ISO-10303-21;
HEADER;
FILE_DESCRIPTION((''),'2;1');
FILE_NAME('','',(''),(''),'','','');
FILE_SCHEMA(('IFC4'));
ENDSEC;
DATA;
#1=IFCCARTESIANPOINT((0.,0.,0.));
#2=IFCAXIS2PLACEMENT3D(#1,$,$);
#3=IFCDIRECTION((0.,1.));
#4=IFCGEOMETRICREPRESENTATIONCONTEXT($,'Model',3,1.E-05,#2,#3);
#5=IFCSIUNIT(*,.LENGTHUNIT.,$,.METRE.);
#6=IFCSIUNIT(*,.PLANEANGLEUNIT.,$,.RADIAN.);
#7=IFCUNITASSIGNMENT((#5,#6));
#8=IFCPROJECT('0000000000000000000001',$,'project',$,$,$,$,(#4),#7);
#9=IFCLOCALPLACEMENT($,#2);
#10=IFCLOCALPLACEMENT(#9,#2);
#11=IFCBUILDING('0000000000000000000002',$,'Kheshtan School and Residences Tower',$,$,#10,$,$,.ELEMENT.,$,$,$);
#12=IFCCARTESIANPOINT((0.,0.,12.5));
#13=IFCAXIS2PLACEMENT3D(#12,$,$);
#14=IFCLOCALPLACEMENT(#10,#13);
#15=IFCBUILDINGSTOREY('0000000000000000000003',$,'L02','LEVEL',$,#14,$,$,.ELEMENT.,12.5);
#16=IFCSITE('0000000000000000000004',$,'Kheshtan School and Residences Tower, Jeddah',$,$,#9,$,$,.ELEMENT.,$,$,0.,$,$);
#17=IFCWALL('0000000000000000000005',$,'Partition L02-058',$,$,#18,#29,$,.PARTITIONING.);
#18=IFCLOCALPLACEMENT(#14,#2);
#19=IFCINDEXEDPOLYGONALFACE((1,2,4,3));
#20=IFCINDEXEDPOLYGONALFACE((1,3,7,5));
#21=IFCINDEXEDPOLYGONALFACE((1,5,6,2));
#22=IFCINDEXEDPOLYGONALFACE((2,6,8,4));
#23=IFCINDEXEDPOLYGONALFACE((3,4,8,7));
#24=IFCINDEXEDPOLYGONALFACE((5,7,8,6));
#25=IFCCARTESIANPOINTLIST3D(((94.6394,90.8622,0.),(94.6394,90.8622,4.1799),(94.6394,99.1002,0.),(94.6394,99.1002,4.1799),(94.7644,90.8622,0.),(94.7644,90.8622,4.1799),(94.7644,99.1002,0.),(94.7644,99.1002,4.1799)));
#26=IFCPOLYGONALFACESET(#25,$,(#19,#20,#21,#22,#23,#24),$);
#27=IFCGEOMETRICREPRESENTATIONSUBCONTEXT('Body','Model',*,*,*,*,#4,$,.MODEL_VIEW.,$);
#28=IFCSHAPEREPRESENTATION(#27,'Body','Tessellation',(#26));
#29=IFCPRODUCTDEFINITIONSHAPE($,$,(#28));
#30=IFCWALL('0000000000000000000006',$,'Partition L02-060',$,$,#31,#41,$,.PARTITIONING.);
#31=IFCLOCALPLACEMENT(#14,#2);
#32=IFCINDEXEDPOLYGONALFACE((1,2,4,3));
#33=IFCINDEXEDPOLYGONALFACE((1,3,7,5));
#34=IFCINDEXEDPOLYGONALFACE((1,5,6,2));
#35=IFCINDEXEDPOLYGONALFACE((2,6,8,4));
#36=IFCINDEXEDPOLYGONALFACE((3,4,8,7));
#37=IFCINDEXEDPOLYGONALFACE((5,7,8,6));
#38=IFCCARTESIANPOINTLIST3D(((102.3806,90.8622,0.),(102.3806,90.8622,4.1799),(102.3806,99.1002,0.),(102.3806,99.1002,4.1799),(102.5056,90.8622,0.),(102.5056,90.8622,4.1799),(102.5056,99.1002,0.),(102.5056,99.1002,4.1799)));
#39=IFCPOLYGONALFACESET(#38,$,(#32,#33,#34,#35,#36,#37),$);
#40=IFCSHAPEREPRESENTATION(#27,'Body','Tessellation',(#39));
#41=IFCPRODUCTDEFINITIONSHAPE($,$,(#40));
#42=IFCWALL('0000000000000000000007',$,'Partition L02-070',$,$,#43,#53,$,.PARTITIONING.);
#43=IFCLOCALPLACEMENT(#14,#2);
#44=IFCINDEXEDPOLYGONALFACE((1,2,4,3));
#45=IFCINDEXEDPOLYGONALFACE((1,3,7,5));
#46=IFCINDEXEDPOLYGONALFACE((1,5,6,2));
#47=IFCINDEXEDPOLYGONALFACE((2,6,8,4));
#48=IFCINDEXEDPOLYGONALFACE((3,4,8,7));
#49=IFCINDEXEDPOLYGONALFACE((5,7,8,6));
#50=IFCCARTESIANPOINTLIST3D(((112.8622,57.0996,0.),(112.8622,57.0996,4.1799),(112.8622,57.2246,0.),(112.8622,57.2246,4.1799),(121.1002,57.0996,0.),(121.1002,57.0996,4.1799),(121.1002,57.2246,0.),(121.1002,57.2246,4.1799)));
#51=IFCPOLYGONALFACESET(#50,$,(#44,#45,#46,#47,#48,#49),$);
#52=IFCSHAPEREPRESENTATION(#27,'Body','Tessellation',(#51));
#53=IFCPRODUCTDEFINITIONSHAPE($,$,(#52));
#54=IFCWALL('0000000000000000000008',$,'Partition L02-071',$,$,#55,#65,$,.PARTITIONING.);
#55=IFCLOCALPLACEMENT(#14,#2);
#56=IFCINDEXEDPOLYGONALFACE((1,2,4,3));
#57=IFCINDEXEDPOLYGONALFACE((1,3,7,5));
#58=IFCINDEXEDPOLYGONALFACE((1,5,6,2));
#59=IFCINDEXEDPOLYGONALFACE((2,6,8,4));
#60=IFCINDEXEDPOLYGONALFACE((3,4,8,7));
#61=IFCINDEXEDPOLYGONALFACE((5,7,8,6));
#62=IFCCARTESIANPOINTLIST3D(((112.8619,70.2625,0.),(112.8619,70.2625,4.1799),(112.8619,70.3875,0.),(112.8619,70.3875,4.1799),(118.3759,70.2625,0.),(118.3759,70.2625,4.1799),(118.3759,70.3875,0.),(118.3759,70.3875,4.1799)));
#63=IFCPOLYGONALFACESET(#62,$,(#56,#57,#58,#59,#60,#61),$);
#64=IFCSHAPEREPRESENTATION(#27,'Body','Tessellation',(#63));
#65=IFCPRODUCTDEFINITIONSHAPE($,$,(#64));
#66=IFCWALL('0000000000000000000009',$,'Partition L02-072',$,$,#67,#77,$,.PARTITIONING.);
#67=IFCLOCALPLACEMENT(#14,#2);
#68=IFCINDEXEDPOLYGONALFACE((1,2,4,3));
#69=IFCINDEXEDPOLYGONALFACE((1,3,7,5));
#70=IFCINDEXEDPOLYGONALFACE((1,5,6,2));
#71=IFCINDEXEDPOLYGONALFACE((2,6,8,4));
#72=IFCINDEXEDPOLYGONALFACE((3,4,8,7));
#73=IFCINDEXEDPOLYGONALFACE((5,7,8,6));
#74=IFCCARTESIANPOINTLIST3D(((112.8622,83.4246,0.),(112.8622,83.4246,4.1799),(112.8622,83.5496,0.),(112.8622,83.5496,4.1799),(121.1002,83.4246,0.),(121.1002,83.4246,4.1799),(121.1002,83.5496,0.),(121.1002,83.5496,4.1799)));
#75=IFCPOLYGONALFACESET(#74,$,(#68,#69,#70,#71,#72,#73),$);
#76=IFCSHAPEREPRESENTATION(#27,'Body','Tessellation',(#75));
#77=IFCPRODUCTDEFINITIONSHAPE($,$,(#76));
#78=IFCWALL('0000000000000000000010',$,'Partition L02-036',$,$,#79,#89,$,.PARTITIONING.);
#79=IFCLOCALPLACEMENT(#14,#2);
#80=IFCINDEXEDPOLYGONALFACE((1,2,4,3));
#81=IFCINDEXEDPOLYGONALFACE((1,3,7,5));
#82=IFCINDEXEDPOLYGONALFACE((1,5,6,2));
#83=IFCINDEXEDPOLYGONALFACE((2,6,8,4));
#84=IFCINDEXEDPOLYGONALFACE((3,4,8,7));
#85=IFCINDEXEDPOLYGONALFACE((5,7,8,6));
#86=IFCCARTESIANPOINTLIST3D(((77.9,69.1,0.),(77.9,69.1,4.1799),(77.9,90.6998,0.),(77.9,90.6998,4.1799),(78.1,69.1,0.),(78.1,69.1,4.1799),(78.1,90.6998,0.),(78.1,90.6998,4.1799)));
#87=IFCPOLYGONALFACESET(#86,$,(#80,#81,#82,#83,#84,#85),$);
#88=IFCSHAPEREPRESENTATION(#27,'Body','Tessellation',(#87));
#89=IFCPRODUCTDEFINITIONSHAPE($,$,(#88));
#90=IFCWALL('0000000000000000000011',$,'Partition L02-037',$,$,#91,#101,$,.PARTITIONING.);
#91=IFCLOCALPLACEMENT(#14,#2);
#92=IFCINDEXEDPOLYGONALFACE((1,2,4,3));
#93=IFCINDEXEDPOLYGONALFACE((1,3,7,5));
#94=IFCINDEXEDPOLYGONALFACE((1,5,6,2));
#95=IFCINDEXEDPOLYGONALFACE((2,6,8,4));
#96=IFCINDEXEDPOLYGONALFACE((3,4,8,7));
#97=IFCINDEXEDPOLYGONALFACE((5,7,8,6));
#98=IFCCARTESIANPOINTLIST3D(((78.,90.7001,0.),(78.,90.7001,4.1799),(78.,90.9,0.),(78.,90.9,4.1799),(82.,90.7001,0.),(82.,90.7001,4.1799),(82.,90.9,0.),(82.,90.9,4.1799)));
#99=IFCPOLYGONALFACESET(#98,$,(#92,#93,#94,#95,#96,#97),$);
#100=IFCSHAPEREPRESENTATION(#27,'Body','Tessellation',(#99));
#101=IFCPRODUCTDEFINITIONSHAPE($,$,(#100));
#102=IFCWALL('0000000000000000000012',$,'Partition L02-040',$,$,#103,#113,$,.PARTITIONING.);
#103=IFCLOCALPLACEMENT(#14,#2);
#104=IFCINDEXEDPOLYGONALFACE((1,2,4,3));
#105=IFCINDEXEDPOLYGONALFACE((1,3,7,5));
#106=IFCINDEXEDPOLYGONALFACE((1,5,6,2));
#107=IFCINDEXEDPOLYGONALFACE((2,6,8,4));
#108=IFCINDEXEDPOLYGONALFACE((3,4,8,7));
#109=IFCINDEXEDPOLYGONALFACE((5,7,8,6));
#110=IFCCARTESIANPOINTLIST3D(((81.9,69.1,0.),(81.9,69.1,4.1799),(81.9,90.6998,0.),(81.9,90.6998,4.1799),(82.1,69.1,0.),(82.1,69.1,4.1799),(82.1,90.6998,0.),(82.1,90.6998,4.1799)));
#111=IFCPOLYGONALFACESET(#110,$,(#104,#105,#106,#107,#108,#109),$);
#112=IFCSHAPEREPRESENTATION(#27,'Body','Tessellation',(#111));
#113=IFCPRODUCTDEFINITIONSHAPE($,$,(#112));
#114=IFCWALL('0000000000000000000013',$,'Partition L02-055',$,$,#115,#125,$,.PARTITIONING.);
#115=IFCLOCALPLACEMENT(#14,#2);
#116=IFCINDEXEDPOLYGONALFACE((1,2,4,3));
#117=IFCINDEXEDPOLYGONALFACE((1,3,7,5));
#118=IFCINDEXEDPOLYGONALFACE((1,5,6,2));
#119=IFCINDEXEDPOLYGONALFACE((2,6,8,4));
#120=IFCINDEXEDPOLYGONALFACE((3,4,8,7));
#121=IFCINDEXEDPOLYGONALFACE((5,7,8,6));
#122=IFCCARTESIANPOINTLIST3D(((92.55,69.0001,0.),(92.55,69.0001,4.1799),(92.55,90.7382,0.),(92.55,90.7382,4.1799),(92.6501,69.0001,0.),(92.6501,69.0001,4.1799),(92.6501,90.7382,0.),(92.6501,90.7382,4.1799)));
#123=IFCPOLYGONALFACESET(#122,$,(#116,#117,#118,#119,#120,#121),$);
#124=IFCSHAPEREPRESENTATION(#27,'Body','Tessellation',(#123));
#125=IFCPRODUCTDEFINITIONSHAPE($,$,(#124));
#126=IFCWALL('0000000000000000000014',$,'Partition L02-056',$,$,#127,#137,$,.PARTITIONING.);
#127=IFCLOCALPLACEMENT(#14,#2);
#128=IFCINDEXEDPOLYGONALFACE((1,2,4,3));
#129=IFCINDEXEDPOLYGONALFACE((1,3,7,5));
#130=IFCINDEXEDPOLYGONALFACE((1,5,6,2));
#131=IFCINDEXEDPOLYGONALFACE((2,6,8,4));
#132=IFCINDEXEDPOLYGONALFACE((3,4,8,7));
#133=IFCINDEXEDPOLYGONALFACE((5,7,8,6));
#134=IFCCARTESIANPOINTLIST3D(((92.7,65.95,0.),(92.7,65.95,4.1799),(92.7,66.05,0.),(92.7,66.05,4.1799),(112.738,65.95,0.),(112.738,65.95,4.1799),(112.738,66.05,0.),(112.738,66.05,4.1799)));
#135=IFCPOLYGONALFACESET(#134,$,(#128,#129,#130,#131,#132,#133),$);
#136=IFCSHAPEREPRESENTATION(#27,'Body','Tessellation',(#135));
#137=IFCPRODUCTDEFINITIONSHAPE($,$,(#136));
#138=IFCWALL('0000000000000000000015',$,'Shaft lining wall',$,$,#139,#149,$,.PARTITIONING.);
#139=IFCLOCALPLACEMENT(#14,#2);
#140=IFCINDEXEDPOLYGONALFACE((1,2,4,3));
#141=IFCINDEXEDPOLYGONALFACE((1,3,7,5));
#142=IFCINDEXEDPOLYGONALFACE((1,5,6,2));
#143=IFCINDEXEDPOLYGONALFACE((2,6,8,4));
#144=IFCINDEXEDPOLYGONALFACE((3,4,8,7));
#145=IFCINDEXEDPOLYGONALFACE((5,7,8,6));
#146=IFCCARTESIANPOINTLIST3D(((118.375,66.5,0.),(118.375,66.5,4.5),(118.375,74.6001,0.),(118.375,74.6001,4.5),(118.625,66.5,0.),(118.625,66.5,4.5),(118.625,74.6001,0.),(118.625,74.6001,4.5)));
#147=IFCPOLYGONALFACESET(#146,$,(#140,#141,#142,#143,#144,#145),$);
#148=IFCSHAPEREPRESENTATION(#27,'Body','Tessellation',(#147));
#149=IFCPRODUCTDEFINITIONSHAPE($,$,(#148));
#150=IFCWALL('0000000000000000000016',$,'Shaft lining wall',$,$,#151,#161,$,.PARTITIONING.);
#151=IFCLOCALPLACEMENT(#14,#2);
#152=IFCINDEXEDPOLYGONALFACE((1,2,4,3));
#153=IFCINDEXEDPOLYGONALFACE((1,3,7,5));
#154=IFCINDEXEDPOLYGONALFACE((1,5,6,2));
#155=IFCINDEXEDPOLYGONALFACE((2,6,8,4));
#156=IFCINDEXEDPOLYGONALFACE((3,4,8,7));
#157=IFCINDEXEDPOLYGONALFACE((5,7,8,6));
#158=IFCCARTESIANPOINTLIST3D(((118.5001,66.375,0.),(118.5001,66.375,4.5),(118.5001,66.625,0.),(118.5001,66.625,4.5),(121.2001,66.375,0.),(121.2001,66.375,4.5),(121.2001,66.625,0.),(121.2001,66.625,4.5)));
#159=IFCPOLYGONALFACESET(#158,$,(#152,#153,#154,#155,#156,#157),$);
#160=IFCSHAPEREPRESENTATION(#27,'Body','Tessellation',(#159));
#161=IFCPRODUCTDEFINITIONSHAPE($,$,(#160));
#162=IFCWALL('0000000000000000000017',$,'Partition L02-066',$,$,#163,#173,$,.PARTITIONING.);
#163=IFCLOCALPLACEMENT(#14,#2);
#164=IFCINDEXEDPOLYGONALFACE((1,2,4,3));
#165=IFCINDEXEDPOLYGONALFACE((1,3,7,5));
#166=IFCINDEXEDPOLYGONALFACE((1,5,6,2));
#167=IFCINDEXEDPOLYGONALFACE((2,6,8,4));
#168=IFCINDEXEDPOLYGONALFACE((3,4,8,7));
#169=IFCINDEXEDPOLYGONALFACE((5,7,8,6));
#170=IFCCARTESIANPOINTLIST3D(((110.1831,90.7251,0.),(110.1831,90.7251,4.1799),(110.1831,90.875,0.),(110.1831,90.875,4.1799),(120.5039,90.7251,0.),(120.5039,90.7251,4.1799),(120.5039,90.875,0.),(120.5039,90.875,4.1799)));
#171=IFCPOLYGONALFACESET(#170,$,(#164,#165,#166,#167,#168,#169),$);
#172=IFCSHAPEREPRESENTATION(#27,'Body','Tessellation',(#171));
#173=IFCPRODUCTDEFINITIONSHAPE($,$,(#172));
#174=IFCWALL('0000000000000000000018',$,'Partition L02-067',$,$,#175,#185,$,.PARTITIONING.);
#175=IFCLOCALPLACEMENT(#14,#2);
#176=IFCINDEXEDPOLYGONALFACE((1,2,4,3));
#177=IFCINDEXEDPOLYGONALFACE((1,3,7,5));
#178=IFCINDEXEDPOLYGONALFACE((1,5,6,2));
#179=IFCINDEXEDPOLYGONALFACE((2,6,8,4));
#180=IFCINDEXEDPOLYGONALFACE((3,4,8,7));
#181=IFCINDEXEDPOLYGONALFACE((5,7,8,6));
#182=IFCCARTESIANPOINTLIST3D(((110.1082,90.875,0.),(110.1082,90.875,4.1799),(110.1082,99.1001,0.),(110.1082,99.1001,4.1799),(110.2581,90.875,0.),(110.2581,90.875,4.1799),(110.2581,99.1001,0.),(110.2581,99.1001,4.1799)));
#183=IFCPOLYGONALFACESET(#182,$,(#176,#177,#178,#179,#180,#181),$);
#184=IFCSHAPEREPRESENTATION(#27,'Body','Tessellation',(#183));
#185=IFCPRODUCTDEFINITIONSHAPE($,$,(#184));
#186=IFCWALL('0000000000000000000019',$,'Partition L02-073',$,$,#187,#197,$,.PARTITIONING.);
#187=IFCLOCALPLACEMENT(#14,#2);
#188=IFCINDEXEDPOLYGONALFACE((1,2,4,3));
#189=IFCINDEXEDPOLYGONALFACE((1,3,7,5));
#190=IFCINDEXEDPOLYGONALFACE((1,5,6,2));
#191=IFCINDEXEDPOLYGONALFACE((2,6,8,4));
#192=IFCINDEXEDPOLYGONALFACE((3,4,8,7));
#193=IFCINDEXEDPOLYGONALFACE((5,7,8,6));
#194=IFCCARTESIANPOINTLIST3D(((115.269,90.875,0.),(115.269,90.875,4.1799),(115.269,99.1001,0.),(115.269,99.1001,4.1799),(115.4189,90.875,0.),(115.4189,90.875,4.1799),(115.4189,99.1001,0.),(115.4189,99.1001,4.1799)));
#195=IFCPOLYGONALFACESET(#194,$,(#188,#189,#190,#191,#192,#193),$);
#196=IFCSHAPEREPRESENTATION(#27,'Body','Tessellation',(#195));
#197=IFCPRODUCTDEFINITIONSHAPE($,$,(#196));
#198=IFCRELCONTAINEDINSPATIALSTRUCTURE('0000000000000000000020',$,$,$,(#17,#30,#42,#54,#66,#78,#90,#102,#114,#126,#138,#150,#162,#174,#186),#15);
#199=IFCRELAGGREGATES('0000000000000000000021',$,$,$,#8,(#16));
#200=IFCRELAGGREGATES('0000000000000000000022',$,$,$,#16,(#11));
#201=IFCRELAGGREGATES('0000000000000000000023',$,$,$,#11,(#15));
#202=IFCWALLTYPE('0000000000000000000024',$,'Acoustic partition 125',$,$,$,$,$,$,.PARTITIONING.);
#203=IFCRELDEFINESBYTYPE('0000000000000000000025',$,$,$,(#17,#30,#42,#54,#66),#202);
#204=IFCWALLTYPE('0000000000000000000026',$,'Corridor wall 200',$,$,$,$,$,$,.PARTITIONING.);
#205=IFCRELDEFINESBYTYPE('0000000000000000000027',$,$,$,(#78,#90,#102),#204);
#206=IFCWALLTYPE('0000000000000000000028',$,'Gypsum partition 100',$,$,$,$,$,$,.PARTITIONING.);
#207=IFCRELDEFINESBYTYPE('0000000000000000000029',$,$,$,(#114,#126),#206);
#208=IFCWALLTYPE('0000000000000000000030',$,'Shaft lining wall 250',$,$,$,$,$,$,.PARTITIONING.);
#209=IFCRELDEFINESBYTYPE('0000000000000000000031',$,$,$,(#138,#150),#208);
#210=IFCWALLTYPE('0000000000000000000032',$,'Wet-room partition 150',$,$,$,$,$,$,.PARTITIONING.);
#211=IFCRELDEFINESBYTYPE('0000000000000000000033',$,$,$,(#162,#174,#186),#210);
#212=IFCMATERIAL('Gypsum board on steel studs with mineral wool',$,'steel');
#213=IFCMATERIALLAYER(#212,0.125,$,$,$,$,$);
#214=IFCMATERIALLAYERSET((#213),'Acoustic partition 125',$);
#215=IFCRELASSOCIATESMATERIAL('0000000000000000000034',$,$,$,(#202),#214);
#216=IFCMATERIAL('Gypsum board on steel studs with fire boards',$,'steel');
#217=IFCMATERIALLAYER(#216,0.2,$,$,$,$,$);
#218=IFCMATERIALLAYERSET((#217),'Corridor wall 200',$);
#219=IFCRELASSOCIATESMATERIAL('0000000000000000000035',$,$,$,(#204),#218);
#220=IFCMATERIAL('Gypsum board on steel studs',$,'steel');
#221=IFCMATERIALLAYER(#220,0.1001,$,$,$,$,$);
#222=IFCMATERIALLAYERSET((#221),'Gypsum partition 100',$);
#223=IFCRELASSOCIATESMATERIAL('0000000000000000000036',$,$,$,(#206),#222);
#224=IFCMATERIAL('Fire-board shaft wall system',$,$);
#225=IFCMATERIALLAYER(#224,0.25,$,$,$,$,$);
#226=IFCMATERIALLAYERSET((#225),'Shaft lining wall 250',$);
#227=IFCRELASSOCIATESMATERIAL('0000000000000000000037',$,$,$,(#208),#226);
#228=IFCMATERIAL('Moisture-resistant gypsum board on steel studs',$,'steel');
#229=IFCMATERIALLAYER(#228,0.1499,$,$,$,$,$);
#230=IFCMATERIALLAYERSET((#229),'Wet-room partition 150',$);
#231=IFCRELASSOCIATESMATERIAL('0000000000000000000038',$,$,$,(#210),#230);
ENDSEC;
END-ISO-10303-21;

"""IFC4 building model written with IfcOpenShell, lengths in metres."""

from ifc_helpers import new_model, si_unit, direction, frame, frame_2d, origin, place, context, subcontext, project, spatial, rectangle, extrude, material, layer, layer_set, type_object, element, save


model = new_model("IFC4")

# Units and contexts
model_context = context("Model", 3, precision=1e-05, world=origin(), true_north=direction((0.0, 1.0)))
body_context = subcontext(model_context, "Body", "Model", "MODEL_VIEW")
ifc_project = project(units=[si_unit("LENGTHUNIT", "METRE"), si_unit("PLANEANGLEUNIT", "RADIAN")], contexts=[model_context])

# Site, building, storey
site_placement = place(None, origin())
site = spatial("IfcSite", under=ifc_project, at=site_placement, Name="Kheshtan School and Residences Tower, Jeddah", CompositionType="ELEMENT", RefElevation=0.0)
building_placement = place(site_placement, origin())
building = spatial("IfcBuilding", under=site, at=building_placement, Name="Kheshtan School and Residences Tower", CompositionType="ELEMENT")
storey_placement = place(building_placement, frame((0.0, 0.0, 12.5)))
storey = spatial("IfcBuildingStorey", under=building, at=storey_placement, Name="L02", Description="LEVEL", CompositionType="ELEMENT", Elevation=12.5)

# Walls
ifc_material_1 = material(Name="Gypsum board on steel studs with mineral wool", Category="steel")
ifc_layer_1 = layer(ifc_material_1, 0.125)
ifc_layer_set_1 = layer_set([ifc_layer_1], Name="Acoustic partition 125")
wall_type_1 = type_object("IfcWallType", Name="Acoustic partition 125", PredefinedType="PARTITIONING", material=ifc_layer_set_1)
for number, where, z_axis, x_axis, name in (
    (1, (94.7019, 90.8621, 0.0), (0.0, 0.0, 1.0), (0.0, 1.0, 0.0), "Partition L02-058"),
    (2, (102.4431, 90.8621, 0.0), (0.0, 0.0, 1.0), (0.0, 1.0, 0.0), "Partition L02-060"),
    (3, (112.8621, 57.1621, 0.0), (0.0, 0.0, 1.0), (1.0, 0.0, 0.0), "Partition L02-070"),
):
    element("IfcWall", number, at=place(storey_placement, frame(where, z_axis=z_axis, x_axis=x_axis)), inside=storey, type_object=wall_type_1, Name=name, PredefinedType="PARTITIONING", context=body_context, shape_type="SweptSolid", body=[
        extrude(rectangle(XDim=8.238, YDim=0.125, at=frame_2d((4.1191, 0.0))), origin(), (0.0, 0.0, 1.0), 4.1799),
    ])
wall_1_placement = place(storey_placement, frame((112.8621, 70.325, 0.0), z_axis=(0.0, 0.0, 1.0), x_axis=(1.0, 0.0, 0.0)))
element("IfcWall", 4, at=wall_1_placement, inside=storey, type_object=wall_type_1, Name="Partition L02-071", PredefinedType="PARTITIONING", context=body_context, shape_type="SweptSolid", body=[
    extrude(rectangle(XDim=5.5139, YDim=0.125, at=frame_2d((2.7568, 0.0))), origin(), (0.0, 0.0, 1.0), 4.1799),
])
wall_2_placement = place(storey_placement, frame((112.8621, 83.4871, 0.0), z_axis=(0.0, 0.0, 1.0), x_axis=(1.0, 0.0, 0.0)))
element("IfcWall", 5, at=wall_2_placement, inside=storey, type_object=wall_type_1, Name="Partition L02-072", PredefinedType="PARTITIONING", context=body_context, shape_type="SweptSolid", body=[
    extrude(rectangle(XDim=8.238, YDim=0.125, at=frame_2d((4.1191, 0.0))), origin(), (0.0, 0.0, 1.0), 4.1799),
])
ifc_material_2 = material(Name="Gypsum board on steel studs with fire boards", Category="steel")
ifc_layer_2 = layer(ifc_material_2, 0.2)
ifc_layer_set_2 = layer_set([ifc_layer_2], Name="Corridor wall 200")
wall_type_2 = type_object("IfcWallType", Name="Corridor wall 200", PredefinedType="PARTITIONING", material=ifc_layer_set_2)
wall_3_placement = place(storey_placement, frame((78.0, 69.1001, 0.0), z_axis=(0.0, 0.0, 1.0), x_axis=(0.0, 1.0, 0.0)))
element("IfcWall", 6, at=wall_3_placement, inside=storey, type_object=wall_type_2, Name="Partition L02-036", PredefinedType="PARTITIONING", context=body_context, shape_type="SweptSolid", body=[
    extrude(rectangle(XDim=21.5999, YDim=0.2, at=frame_2d((10.7998, 0.0))), origin(), (0.0, 0.0, 1.0), 4.1799),
])
wall_4_placement = place(storey_placement, frame((78.0, 90.8, 0.0), z_axis=(0.0, 0.0, 1.0), x_axis=(1.0, 0.0, 0.0)))
element("IfcWall", 7, at=wall_4_placement, inside=storey, type_object=wall_type_2, Name="Partition L02-037", PredefinedType="PARTITIONING", context=body_context, shape_type="SweptSolid", body=[
    extrude(rectangle(XDim=4.0, YDim=0.2, at=frame_2d((2.0, 0.0))), origin(), (0.0, 0.0, 1.0), 4.1799),
])
wall_5_placement = place(storey_placement, frame((82.0, 69.1001, 0.0), z_axis=(0.0, 0.0, 1.0), x_axis=(0.0, 1.0, 0.0)))
element("IfcWall", 8, at=wall_5_placement, inside=storey, type_object=wall_type_2, Name="Partition L02-040", PredefinedType="PARTITIONING", context=body_context, shape_type="SweptSolid", body=[
    extrude(rectangle(XDim=21.5999, YDim=0.2, at=frame_2d((10.7998, 0.0))), origin(), (0.0, 0.0, 1.0), 4.1799),
])
ifc_material_3 = material(Name="Gypsum board on steel studs", Category="steel")
ifc_layer_3 = layer(ifc_material_3, 0.1001)
ifc_layer_set_3 = layer_set([ifc_layer_3], Name="Gypsum partition 100")
wall_type_3 = type_object("IfcWallType", Name="Gypsum partition 100", PredefinedType="PARTITIONING", material=ifc_layer_set_3)
wall_6_placement = place(storey_placement, frame((92.6001, 69.0, 0.0), z_axis=(0.0, 0.0, 1.0), x_axis=(0.0, 1.0, 0.0)))
element("IfcWall", 9, at=wall_6_placement, inside=storey, type_object=wall_type_3, Name="Partition L02-055", PredefinedType="PARTITIONING", context=body_context, shape_type="SweptSolid", body=[
    extrude(rectangle(XDim=21.738, YDim=0.1001, at=frame_2d((10.8691, 0.0))), origin(), (0.0, 0.0, 1.0), 4.1799),
])
wall_7_placement = place(storey_placement, frame((92.7, 66.0, 0.0), z_axis=(0.0, 0.0, 1.0), x_axis=(1.0, 0.0, 0.0)))
element("IfcWall", 10, at=wall_7_placement, inside=storey, type_object=wall_type_3, Name="Partition L02-056", PredefinedType="PARTITIONING", context=body_context, shape_type="SweptSolid", body=[
    extrude(rectangle(XDim=20.0381, YDim=0.1001, at=frame_2d((10.019, 0.0))), origin(), (0.0, 0.0, 1.0), 4.1799),
])
ifc_material_4 = material(Name="Fire-board shaft wall system")
ifc_layer_4 = layer(ifc_material_4, 0.25)
ifc_layer_set_4 = layer_set([ifc_layer_4], Name="Shaft lining wall 250")
wall_type_4 = type_object("IfcWallType", Name="Shaft lining wall 250", PredefinedType="PARTITIONING", material=ifc_layer_set_4)
wall_8_placement = place(storey_placement, frame((118.5, 66.5, 0.0), z_axis=(0.0, 0.0, 1.0), x_axis=(0.0, 1.0, 0.0)))
element("IfcWall", 11, at=wall_8_placement, inside=storey, type_object=wall_type_4, Name="Shaft lining wall", PredefinedType="PARTITIONING", context=body_context, shape_type="SweptSolid", body=[
    extrude(rectangle(XDim=8.1001, YDim=0.25, at=frame_2d((4.05, 0.0))), origin(), (0.0, 0.0, 1.0), 4.5),
])
wall_9_placement = place(storey_placement, frame((118.5, 66.5, 0.0), z_axis=(0.0, 0.0, 1.0), x_axis=(1.0, 0.0, 0.0)))
element("IfcWall", 12, at=wall_9_placement, inside=storey, type_object=wall_type_4, Name="Shaft lining wall", PredefinedType="PARTITIONING", context=body_context, shape_type="SweptSolid", body=[
    extrude(rectangle(XDim=2.7, YDim=0.25, at=frame_2d((1.3501, 0.0))), origin(), (0.0, 0.0, 1.0), 4.5),
])
ifc_material_5 = material(Name="Moisture-resistant gypsum board on steel studs", Category="steel")
ifc_layer_5 = layer(ifc_material_5, 0.1499)
ifc_layer_set_5 = layer_set([ifc_layer_5], Name="Wet-room partition 150")
wall_type_5 = type_object("IfcWallType", Name="Wet-room partition 150", PredefinedType="PARTITIONING", material=ifc_layer_set_5)
wall_10_placement = place(storey_placement, frame((110.1831, 90.8, 0.0), z_axis=(0.0, 0.0, 1.0), x_axis=(1.0, 0.0, 0.0)))
element("IfcWall", 13, at=wall_10_placement, inside=storey, type_object=wall_type_5, Name="Partition L02-066", PredefinedType="PARTITIONING", context=body_context, shape_type="SweptSolid", body=[
    extrude(rectangle(XDim=10.3208, YDim=0.1499, at=frame_2d((5.1604, 0.0))), origin(), (0.0, 0.0, 1.0), 4.1799),
])
for number, where, z_axis, x_axis, name in (
    (14, (110.1831, 90.875, 0.0), (0.0, 0.0, 1.0), (0.0, 1.0, 0.0), "Partition L02-067"),
    (15, (115.344, 90.875, 0.0), (0.0, 0.0, 1.0), (0.0, 1.0, 0.0), "Partition L02-073"),
):
    element("IfcWall", number, at=place(storey_placement, frame(where, z_axis=z_axis, x_axis=x_axis)), inside=storey, type_object=wall_type_5, Name=name, PredefinedType="PARTITIONING", context=body_context, shape_type="SweptSolid", body=[
        extrude(rectangle(XDim=8.2251, YDim=0.1499, at=frame_2d((4.1125, 0.0))), origin(), (0.0, 0.0, 1.0), 4.1799),
    ])

save(model, "model.ifc")
